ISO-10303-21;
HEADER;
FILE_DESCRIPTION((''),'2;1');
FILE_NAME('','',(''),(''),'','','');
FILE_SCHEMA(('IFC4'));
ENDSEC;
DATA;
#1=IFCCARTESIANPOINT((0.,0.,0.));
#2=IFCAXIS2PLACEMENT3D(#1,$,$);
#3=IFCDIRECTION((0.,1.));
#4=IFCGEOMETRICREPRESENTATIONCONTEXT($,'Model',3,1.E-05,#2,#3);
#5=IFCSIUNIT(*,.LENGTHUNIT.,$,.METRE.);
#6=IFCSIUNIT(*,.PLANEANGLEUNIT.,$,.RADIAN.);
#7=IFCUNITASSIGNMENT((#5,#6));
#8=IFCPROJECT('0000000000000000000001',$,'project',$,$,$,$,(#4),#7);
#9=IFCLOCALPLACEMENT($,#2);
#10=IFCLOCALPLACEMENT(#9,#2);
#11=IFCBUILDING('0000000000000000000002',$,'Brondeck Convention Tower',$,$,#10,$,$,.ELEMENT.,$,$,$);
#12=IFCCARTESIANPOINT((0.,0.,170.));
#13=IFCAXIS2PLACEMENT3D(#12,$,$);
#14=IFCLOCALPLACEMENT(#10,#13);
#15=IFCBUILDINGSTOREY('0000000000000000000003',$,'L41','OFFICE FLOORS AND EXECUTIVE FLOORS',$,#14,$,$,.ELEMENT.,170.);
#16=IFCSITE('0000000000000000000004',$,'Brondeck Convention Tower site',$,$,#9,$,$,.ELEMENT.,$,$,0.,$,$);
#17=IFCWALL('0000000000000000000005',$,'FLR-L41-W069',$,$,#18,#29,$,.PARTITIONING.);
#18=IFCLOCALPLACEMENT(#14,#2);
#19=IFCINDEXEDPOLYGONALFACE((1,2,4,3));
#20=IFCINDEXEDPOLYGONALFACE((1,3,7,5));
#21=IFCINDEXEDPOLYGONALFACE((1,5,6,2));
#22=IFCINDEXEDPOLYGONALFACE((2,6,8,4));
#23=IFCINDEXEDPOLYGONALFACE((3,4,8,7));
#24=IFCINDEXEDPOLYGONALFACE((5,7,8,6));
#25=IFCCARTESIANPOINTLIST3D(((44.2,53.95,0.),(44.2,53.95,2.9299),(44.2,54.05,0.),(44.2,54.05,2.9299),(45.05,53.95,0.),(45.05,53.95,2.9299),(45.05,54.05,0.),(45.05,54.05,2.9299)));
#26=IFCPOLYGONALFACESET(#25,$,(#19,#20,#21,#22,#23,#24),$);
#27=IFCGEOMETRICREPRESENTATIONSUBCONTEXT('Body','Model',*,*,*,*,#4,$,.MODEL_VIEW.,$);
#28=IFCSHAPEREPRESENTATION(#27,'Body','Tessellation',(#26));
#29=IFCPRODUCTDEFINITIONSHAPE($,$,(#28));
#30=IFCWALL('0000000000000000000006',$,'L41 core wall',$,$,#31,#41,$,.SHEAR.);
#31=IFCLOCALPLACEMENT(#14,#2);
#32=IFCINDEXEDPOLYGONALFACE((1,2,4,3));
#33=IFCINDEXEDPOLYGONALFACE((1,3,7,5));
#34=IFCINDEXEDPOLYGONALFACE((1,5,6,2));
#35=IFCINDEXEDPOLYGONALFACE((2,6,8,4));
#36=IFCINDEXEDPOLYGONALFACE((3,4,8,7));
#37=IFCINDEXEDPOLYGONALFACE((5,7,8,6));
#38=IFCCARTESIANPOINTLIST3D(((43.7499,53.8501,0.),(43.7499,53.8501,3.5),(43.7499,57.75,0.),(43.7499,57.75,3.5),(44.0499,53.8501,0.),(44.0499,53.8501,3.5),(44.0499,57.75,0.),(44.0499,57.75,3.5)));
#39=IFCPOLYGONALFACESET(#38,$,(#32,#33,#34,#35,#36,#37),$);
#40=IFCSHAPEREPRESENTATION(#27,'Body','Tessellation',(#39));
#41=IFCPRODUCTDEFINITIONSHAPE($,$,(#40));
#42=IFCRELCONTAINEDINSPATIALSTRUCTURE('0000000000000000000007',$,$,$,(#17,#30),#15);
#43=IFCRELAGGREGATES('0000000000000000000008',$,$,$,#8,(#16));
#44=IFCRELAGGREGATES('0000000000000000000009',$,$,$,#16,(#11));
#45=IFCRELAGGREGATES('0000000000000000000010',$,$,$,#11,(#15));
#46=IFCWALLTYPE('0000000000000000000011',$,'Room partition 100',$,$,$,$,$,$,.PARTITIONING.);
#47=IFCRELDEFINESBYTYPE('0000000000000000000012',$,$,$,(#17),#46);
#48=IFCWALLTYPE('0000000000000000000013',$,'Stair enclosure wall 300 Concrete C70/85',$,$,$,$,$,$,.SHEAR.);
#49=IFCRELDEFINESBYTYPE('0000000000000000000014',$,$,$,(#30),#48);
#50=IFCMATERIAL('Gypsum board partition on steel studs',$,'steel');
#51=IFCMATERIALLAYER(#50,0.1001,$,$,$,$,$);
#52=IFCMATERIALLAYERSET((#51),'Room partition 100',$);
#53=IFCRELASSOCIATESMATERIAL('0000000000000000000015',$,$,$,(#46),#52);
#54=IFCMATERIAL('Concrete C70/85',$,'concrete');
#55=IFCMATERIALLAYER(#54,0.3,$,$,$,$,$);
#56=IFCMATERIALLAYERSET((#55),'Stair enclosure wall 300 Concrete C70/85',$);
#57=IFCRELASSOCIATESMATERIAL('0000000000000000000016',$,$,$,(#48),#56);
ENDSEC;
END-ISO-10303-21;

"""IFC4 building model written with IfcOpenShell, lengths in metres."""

from ifc_helpers import new_model, si_unit, direction, frame, frame_2d, origin, place, context, subcontext, project, spatial, rectangle, extrude, material, layer, layer_set, type_object, element, save


model = new_model("IFC4")

# Units and contexts
model_context = context("Model", 3, precision=1e-05, world=origin(), true_north=direction((0.0, 1.0)))
body_context = subcontext(model_context, "Body", "Model", "MODEL_VIEW")
ifc_project = project(units=[si_unit("LENGTHUNIT", "METRE"), si_unit("PLANEANGLEUNIT", "RADIAN")], contexts=[model_context])

# Site, building, storey
site_placement = place(None, origin())
site = spatial("IfcSite", under=ifc_project, at=site_placement, Name="Brondeck Convention Tower site", CompositionType="ELEMENT", RefElevation=0.0)
building_placement = place(site_placement, origin())
building = spatial("IfcBuilding", under=site, at=building_placement, Name="Brondeck Convention Tower", CompositionType="ELEMENT")
storey_placement = place(building_placement, frame((0.0, 0.0, 170.0)))
storey = spatial("IfcBuildingStorey", under=building, at=storey_placement, Name="L41", Description="OFFICE FLOORS AND EXECUTIVE FLOORS", CompositionType="ELEMENT", Elevation=170.0)

# Shared definitions
ifc_material_1 = material(Name="Concrete C70/85", Category="concrete")

# Walls
ifc_material_2 = material(Name="Gypsum board partition on steel studs", Category="steel")
ifc_layer_1 = layer(ifc_material_2, 0.1001)
ifc_layer_set_1 = layer_set([ifc_layer_1], Name="Room partition 100")
wall_type_1 = type_object("IfcWallType", Name="Room partition 100", PredefinedType="PARTITIONING", material=ifc_layer_set_1)
wall_1_placement = place(storey_placement, frame((44.2, 54.0, 0.0), z_axis=(0.0, 0.0, 1.0), x_axis=(1.0, 0.0, 0.0)))
element("IfcWall", 1, at=wall_1_placement, inside=storey, type_object=wall_type_1, Name="FLR-L41-W069", PredefinedType="PARTITIONING", context=body_context, shape_type="SweptSolid", body=[
    extrude(rectangle(XDim=0.8501, YDim=0.1001, at=frame_2d((0.425, 0.0))), origin(), (0.0, 0.0, 1.0), 2.9299),
])
ifc_layer_2 = layer(ifc_material_1, 0.3)
ifc_layer_set_2 = layer_set([ifc_layer_2], Name="Stair enclosure wall 300 Concrete C70/85")
wall_type_2 = type_object("IfcWallType", Name="Stair enclosure wall 300 Concrete C70/85", PredefinedType="SHEAR", material=ifc_layer_set_2)
wall_2_placement = place(storey_placement, frame((43.8999, 53.8501, 0.0), z_axis=(0.0, 0.0, 1.0), x_axis=(0.0, 1.0, 0.0)))
element("IfcWall", 2, at=wall_2_placement, inside=storey, type_object=wall_type_2, Name="L41 core wall", PredefinedType="SHEAR", context=body_context, shape_type="SweptSolid", body=[
    extrude(rectangle(XDim=3.8999, YDim=0.3, at=frame_2d((1.95, 0.0))), origin(), (0.0, 0.0, 1.0), 3.5),
])

save(model, "model.ifc")
